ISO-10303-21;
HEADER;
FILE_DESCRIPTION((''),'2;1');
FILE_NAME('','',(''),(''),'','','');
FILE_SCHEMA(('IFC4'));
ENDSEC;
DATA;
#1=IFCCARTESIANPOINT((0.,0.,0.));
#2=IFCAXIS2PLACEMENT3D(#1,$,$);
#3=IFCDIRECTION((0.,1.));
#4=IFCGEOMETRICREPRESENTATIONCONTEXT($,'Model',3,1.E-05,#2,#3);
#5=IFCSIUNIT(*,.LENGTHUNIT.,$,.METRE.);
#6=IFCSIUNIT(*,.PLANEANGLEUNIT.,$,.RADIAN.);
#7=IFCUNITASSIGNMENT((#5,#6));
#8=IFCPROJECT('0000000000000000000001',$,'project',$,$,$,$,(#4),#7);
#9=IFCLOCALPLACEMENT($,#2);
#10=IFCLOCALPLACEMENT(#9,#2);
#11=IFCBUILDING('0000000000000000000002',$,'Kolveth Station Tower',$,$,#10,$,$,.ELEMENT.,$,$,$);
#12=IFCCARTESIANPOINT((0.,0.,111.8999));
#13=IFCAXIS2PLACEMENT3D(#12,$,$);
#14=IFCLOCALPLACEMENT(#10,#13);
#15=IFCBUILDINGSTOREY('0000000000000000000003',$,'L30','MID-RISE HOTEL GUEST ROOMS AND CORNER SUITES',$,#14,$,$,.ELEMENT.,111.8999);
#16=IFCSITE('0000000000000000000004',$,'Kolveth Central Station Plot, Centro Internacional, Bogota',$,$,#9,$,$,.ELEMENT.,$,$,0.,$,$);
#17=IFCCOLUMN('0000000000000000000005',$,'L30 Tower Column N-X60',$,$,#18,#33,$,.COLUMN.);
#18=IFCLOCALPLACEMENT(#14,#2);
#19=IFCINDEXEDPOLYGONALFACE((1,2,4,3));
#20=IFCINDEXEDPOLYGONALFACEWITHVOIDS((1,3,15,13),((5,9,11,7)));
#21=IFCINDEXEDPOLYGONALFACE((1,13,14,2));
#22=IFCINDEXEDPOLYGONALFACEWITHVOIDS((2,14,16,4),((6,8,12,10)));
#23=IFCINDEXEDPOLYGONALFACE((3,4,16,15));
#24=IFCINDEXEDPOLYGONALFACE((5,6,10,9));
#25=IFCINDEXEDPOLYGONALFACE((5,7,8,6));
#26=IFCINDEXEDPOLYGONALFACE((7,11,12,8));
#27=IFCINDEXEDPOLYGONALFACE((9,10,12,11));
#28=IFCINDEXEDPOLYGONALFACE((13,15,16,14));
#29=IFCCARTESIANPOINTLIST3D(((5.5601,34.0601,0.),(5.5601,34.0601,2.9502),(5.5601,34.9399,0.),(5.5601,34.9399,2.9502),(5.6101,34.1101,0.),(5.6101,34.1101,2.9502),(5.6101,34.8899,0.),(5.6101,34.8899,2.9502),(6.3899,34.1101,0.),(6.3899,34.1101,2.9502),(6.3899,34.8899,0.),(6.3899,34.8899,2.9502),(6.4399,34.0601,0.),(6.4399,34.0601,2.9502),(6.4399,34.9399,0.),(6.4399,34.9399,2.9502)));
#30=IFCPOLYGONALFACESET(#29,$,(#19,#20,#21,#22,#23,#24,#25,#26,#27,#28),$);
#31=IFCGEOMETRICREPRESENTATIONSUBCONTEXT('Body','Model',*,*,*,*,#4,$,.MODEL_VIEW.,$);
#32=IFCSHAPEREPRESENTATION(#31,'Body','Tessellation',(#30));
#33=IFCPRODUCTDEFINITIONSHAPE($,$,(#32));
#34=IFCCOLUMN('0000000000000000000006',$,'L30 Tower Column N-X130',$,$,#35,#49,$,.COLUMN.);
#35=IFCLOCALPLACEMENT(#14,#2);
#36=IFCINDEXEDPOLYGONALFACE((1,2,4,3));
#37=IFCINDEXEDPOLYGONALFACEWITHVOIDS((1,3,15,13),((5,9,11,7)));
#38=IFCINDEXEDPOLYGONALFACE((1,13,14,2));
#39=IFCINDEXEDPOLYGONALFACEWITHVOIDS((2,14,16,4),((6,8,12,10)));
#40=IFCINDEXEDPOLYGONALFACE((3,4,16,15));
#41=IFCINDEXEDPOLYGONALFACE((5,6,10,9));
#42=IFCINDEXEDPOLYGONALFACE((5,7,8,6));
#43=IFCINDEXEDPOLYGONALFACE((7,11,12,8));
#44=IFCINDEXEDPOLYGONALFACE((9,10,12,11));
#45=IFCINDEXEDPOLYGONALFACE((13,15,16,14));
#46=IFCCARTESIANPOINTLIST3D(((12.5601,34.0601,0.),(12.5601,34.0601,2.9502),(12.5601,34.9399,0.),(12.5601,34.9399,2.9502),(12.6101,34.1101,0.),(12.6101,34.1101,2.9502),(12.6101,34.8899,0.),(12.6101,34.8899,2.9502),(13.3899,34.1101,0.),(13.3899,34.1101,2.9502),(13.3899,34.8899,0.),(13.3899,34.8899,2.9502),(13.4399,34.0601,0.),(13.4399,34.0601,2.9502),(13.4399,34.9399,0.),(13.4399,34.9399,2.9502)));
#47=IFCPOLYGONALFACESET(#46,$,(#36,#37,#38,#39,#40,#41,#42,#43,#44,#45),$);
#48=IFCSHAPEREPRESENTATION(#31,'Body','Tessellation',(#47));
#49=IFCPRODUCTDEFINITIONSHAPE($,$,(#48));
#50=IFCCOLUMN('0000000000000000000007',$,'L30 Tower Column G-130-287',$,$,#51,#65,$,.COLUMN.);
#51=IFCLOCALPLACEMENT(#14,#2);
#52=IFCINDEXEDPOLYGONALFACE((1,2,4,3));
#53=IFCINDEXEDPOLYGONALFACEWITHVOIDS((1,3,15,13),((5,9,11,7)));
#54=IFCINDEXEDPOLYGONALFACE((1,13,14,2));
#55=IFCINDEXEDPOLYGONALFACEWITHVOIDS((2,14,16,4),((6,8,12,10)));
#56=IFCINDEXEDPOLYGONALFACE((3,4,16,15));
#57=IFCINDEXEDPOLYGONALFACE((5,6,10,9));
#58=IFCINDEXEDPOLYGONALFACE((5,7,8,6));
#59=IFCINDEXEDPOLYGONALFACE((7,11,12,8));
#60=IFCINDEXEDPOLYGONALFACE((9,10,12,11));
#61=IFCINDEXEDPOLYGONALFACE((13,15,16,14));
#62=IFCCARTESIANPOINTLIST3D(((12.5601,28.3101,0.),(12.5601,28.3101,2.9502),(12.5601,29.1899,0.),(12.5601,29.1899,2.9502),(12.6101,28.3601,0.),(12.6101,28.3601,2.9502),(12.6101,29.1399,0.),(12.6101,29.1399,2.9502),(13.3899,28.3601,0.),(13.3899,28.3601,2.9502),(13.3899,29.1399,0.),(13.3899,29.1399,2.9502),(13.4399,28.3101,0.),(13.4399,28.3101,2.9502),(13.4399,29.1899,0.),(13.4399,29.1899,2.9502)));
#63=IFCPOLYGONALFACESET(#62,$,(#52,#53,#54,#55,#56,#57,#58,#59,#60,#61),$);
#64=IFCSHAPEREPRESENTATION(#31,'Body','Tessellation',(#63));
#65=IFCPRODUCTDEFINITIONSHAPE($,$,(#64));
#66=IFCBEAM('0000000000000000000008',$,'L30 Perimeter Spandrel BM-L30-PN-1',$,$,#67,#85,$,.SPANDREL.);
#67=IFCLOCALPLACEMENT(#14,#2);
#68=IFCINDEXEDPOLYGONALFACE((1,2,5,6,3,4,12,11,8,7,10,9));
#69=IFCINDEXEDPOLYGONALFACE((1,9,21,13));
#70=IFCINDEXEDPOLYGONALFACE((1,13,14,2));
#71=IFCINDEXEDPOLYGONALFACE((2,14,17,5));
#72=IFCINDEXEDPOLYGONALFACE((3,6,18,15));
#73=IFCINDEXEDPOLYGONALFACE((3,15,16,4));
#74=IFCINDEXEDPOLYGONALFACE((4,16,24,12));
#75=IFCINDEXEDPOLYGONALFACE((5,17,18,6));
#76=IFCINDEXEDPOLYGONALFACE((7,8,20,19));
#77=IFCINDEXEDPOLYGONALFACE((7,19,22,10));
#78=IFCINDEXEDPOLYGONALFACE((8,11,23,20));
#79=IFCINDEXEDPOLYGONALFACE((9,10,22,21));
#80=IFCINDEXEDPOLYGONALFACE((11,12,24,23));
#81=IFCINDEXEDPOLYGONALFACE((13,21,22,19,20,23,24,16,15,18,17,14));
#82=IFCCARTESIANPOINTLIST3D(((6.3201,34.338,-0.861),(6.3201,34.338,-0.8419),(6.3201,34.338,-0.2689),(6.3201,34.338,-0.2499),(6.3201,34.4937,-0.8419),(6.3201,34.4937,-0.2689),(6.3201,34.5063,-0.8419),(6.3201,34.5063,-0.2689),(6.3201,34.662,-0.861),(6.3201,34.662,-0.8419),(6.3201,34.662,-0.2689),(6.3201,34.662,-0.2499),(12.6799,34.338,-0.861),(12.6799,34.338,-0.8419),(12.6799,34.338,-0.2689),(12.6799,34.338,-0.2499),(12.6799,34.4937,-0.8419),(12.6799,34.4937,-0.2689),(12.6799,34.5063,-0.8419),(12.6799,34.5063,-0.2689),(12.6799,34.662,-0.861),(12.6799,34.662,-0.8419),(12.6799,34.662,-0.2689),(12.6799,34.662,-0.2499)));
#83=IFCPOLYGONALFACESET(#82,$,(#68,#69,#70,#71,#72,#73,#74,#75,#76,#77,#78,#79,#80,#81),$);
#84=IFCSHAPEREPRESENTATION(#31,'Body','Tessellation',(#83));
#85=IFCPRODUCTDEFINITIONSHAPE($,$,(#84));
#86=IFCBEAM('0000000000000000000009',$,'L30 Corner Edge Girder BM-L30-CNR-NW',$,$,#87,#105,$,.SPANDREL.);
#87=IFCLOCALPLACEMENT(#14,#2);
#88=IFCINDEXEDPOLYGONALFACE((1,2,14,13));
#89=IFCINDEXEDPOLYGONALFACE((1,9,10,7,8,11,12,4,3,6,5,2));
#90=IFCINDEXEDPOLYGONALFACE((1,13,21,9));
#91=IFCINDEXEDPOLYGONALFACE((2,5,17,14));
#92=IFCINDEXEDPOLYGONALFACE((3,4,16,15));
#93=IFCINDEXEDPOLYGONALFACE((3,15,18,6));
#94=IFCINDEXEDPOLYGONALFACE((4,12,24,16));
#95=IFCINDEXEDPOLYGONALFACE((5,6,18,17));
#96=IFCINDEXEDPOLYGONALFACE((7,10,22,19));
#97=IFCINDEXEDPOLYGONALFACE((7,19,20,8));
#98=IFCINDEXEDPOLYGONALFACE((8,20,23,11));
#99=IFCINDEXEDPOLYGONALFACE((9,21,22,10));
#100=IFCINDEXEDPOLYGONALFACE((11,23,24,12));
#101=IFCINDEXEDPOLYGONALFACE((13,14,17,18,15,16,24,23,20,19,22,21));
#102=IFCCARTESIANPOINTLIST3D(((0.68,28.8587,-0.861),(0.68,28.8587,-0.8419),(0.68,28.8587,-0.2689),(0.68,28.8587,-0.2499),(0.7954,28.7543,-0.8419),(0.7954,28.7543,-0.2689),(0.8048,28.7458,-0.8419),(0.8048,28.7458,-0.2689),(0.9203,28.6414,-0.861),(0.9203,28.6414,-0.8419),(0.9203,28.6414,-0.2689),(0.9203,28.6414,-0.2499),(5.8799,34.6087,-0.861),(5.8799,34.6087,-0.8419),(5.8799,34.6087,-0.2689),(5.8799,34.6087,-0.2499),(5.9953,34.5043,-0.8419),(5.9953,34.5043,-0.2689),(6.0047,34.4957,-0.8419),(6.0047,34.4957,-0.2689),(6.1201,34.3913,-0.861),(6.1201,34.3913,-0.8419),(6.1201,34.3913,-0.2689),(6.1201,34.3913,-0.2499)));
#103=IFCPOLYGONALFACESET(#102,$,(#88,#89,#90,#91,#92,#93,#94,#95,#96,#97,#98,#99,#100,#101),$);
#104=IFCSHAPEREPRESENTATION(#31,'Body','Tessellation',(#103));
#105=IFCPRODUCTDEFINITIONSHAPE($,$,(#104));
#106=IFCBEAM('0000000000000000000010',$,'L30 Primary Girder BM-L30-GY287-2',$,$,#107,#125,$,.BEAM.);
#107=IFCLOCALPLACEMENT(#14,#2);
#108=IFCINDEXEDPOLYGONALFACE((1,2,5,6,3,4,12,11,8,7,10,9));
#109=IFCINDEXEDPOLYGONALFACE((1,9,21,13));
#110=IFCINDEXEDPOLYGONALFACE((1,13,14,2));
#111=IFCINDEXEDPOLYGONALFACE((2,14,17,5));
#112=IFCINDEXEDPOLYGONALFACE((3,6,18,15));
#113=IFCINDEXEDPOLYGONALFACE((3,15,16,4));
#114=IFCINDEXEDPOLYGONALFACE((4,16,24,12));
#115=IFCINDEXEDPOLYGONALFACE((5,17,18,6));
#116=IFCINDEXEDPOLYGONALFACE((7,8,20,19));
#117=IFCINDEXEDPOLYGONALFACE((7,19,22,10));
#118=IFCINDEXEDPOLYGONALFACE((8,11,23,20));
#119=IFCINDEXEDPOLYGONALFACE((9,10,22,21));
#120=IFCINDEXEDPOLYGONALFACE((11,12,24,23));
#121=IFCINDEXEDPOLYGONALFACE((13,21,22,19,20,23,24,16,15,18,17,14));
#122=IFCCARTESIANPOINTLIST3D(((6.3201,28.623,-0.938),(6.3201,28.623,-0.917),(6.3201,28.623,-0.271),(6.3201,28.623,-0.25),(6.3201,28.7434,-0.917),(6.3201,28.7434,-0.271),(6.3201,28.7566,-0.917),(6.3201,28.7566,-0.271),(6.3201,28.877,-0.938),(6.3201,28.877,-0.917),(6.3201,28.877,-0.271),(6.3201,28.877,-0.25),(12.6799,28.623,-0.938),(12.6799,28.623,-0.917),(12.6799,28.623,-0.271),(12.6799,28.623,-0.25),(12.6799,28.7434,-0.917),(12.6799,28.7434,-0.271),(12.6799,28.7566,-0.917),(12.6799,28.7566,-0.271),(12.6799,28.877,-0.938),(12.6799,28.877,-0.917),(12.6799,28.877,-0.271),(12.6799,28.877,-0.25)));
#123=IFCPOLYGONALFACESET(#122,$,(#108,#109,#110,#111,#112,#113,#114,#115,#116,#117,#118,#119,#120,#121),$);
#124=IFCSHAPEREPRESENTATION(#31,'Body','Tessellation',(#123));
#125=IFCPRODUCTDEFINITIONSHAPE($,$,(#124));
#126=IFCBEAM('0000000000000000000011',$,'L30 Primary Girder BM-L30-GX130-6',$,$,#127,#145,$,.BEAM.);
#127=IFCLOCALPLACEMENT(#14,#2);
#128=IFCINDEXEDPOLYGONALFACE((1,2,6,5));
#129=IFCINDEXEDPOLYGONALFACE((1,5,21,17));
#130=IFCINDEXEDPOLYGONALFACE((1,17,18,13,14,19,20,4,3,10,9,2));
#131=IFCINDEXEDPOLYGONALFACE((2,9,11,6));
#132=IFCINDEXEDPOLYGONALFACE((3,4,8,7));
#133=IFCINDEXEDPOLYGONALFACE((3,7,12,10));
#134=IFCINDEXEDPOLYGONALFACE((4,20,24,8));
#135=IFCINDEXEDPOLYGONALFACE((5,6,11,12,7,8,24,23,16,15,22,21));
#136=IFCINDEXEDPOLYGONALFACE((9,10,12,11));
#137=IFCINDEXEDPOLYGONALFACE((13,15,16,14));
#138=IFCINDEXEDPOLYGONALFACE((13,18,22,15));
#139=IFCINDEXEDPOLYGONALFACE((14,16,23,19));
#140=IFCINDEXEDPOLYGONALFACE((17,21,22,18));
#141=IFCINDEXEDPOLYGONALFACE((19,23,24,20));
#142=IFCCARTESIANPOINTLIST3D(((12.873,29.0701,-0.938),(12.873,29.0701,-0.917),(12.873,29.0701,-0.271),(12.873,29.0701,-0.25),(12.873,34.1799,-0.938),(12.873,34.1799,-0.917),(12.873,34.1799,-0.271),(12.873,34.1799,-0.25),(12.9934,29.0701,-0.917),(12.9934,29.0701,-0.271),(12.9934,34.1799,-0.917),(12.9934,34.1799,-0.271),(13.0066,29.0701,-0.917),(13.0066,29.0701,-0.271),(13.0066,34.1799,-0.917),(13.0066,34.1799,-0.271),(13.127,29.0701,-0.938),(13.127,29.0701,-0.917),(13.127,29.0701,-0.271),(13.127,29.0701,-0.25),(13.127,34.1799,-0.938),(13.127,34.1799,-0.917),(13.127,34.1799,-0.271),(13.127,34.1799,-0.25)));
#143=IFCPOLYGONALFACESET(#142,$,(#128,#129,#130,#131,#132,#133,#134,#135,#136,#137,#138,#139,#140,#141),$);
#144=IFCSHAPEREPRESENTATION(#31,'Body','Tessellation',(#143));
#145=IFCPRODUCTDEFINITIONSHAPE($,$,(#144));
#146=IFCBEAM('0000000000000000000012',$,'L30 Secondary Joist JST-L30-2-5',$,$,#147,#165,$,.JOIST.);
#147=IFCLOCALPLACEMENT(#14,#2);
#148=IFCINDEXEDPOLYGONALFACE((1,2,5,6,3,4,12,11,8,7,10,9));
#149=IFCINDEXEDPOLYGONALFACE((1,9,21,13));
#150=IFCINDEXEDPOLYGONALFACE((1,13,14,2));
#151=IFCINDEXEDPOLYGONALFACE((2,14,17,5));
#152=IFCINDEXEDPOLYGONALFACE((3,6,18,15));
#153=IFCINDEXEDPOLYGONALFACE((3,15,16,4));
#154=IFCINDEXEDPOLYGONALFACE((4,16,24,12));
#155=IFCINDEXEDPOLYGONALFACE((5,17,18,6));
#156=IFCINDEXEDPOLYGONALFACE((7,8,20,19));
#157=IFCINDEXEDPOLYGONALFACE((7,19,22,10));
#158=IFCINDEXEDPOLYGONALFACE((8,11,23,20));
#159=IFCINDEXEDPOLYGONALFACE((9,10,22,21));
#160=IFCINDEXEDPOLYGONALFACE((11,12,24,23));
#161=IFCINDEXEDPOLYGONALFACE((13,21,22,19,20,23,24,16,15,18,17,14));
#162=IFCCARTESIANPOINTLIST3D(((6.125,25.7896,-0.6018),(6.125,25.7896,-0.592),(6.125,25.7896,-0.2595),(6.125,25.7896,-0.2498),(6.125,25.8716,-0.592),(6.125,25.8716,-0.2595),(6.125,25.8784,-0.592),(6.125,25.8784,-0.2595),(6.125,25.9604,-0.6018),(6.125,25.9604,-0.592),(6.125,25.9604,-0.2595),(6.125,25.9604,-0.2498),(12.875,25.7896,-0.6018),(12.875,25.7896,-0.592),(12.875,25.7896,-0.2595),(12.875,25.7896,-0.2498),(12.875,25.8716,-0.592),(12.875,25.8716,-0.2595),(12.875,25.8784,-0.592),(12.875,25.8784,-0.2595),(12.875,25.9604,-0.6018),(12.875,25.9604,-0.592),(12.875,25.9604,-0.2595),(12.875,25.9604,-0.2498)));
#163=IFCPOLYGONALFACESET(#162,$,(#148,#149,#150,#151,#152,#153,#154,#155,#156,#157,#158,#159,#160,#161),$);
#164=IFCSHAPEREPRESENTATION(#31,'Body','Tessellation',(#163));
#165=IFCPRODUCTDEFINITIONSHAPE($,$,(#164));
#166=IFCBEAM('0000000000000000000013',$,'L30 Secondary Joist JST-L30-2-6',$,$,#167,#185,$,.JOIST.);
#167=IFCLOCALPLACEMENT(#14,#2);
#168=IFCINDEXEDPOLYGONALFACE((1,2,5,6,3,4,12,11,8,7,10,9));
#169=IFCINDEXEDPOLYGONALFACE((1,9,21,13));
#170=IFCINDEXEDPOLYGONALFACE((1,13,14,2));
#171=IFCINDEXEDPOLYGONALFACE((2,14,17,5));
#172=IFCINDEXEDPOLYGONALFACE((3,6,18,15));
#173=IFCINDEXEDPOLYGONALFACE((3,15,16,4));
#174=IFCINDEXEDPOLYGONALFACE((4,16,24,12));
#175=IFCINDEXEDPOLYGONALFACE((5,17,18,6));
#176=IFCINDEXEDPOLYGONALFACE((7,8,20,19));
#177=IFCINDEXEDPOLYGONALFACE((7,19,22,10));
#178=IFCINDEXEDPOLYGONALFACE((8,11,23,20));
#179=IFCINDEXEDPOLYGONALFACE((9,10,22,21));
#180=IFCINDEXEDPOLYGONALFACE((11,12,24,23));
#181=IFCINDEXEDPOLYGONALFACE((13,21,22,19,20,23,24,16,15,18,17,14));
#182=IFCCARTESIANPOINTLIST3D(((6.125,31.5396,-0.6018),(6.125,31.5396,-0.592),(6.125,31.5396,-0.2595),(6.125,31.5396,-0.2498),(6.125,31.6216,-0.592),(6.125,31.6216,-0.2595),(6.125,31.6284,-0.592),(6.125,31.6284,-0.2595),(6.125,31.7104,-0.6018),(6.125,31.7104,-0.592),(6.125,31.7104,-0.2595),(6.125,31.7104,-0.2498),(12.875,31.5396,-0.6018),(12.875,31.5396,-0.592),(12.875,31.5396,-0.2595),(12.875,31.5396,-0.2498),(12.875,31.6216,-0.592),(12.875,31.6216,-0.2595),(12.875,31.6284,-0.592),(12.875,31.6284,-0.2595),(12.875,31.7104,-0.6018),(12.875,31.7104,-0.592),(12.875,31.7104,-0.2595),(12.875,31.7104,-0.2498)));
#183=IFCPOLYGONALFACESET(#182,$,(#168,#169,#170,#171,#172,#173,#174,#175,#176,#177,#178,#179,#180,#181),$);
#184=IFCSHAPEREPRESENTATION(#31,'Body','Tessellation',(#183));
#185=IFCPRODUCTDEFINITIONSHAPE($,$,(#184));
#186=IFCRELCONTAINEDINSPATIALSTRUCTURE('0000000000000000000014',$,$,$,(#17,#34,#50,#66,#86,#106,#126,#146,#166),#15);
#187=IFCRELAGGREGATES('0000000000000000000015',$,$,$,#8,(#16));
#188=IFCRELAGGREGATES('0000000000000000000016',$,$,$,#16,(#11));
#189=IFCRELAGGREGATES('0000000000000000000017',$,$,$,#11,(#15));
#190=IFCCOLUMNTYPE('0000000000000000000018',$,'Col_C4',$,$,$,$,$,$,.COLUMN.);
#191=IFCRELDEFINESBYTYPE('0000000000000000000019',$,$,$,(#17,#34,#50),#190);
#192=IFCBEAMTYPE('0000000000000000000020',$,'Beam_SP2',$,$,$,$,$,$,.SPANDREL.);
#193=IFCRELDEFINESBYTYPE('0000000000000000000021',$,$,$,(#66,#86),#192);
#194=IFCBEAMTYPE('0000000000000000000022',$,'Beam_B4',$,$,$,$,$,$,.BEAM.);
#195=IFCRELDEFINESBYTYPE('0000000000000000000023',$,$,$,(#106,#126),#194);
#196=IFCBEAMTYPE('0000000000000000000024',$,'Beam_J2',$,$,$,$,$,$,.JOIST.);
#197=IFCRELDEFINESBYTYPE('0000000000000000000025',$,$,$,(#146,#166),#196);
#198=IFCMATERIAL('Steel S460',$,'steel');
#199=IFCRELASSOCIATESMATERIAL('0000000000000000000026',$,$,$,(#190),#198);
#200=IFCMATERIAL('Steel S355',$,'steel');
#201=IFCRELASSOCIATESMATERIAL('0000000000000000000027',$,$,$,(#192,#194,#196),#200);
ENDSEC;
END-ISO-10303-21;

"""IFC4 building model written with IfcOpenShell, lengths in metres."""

from ifc_helpers import new_model, si_unit, direction, frame, origin, origin_2d, place, context, subcontext, project, spatial, hollow_rectangle, i_section, extrude, source, transform, mapped, material, material_profile, profile_set, type_object, element, save


model = new_model("IFC4")

# Units and contexts
model_context = context("Model", 3, precision=1e-05, world=origin(), true_north=direction((0.0, 1.0)))
body_context = subcontext(model_context, "Body", "Model", "MODEL_VIEW")
ifc_project = project(units=[si_unit("LENGTHUNIT", "METRE"), si_unit("PLANEANGLEUNIT", "RADIAN")], contexts=[model_context])

# Site, building, storey
site_placement = place(None, origin())
site = spatial("IfcSite", under=ifc_project, at=site_placement, Name="Kolveth Central Station Plot, Centro Internacional, Bogota", CompositionType="ELEMENT", RefElevation=0.0)
building_placement = place(site_placement, origin())
building = spatial("IfcBuilding", under=site, at=building_placement, Name="Kolveth Station Tower", CompositionType="ELEMENT")
storey_placement = place(building_placement, frame((0.0, 0.0, 111.8999)))
storey = spatial("IfcBuildingStorey", under=building, at=storey_placement, Name="L30", Description="MID-RISE HOTEL GUEST ROOMS AND CORNER SUITES", CompositionType="ELEMENT", Elevation=111.8999)

# Columns
ifc_material_1 = material(Name="Steel S460", Category="steel")
ifc_material_profile_1 = material_profile(ifc_material_1, hollow_rectangle(XDim=0.8799, YDim=0.8799, WallThickness=0.05, at=origin_2d()), Name="BOX880x880x50")
ifc_profile_set_1 = profile_set([ifc_material_profile_1], Name="Steel S460")
column_type = type_object("IfcColumnType", Name="Col_C4", PredefinedType="COLUMN", material=ifc_profile_set_1)
shared_shape_1 = source(origin(), body_context, "Body", "SweptSolid", [
    extrude(hollow_rectangle(XDim=0.8799, YDim=0.8799, WallThickness=0.05, at=origin_2d()), origin(), (0.0, 0.0, 1.0), 2.9502),
])
for number, where, z_axis, x_axis, name in (
    (1, (6.0, 34.5, 0.0), (0.0, 0.0, 1.0), (1.0, 0.0, 0.0), "L30 Tower Column N-X60"),
    (2, (13.0, 34.5, 0.0), (0.0, 0.0, 1.0), (1.0, 0.0, 0.0), "L30 Tower Column N-X130"),
    (3, (13.0, 28.75, 0.0), (0.0, 0.0, 1.0), (1.0, 0.0, 0.0), "L30 Tower Column G-130-287"),
):
    element("IfcColumn", number, at=place(storey_placement, frame(where, z_axis=z_axis, x_axis=x_axis)), inside=storey, type_object=column_type, Name=name, PredefinedType="COLUMN", context=body_context, shape_type="MappedRepresentation", body=[
        mapped(shared_shape_1, transform((0.0, 0.0, 0.0), x_axis=(1.0, 0.0, 0.0), y_axis=(0.0, 1.0, 0.0), z_axis=(0.0, 0.0, 1.0), scale=1.0)),
    ])

# Beams
ifc_material_2 = material(Name="Steel S355", Category="steel")
ifc_material_profile_2 = material_profile(ifc_material_2, i_section(OverallWidth=0.324, OverallDepth=0.6111, WebThickness=0.0127, FlangeThickness=0.019, at=origin_2d()), Name="W610x155")
ifc_profile_set_2 = profile_set([ifc_material_profile_2], Name="Steel S355")
beam_type_1 = type_object("IfcBeamType", Name="Beam_SP2", PredefinedType="SPANDREL", material=ifc_profile_set_2)
shared_shape_2 = source(origin(), body_context, "Body", "SweptSolid", [
    extrude(i_section(OverallWidth=0.324, OverallDepth=0.6111, WebThickness=0.0127, FlangeThickness=0.019, at=origin_2d()), origin(), (0.0, 0.0, 1.0), 6.3599),
])
beam_1_placement = place(storey_placement, frame((6.3201, 34.5, -0.5554), z_axis=(1.0, 0.0, 0.0), x_axis=(0.0, 1.0, 0.0)))
element("IfcBeam", 4, at=beam_1_placement, inside=storey, type_object=beam_type_1, Name="L30 Perimeter Spandrel BM-L30-PN-1", PredefinedType="SPANDREL", context=body_context, shape_type="MappedRepresentation", body=[
    mapped(shared_shape_2, transform((0.0, 0.0, 0.0), x_axis=(1.0, 0.0, 0.0), y_axis=(0.0, 1.0, 0.0), z_axis=(0.0, 0.0, 1.0), scale=1.0)),
])
shared_shape_3 = source(origin(), body_context, "Body", "SweptSolid", [
    extrude(i_section(OverallWidth=0.324, OverallDepth=0.6111, WebThickness=0.0127, FlangeThickness=0.019, at=origin_2d()), origin(), (0.0, 0.0, 1.0), 7.7524),
])
beam_2_placement = place(storey_placement, frame((6.0, 34.5, -0.5554), z_axis=(-0.670741, -0.741692, 0.0), x_axis=(0.741692, -0.670741, 0.0)))
element("IfcBeam", 5, at=beam_2_placement, inside=storey, type_object=beam_type_1, Name="L30 Corner Edge Girder BM-L30-CNR-NW", PredefinedType="SPANDREL", context=body_context, shape_type="MappedRepresentation", body=[
    mapped(shared_shape_3, transform((0.0, 0.0, 0.0), x_axis=(1.0, 0.0, 0.0), y_axis=(0.0, 1.0, 0.0), z_axis=(0.0, 0.0, 1.0), scale=1.0)),
])
ifc_material_profile_3 = material_profile(ifc_material_2, i_section(OverallWidth=0.2539, OverallDepth=0.688, WebThickness=0.0132, FlangeThickness=0.021, at=origin_2d()), Name="W690x152")
ifc_profile_set_3 = profile_set([ifc_material_profile_3], Name="Steel S355")
beam_type_2 = type_object("IfcBeamType", Name="Beam_B4", PredefinedType="BEAM", material=ifc_profile_set_3)
shared_shape_4 = source(origin(), body_context, "Body", "SweptSolid", [
    extrude(i_section(OverallWidth=0.2539, OverallDepth=0.688, WebThickness=0.0132, FlangeThickness=0.021, at=origin_2d()), origin(), (0.0, 0.0, 1.0), 6.3599),
])
beam_3_placement = place(storey_placement, frame((6.3201, 28.75, -0.594), z_axis=(1.0, 0.0, 0.0), x_axis=(0.0, 1.0, 0.0)))
element("IfcBeam", 6, at=beam_3_placement, inside=storey, type_object=beam_type_2, Name="L30 Primary Girder BM-L30-GY287-2", PredefinedType="BEAM", context=body_context, shape_type="MappedRepresentation", body=[
    mapped(shared_shape_4, transform((0.0, 0.0, 0.0), x_axis=(1.0, 0.0, 0.0), y_axis=(0.0, 1.0, 0.0), z_axis=(0.0, 0.0, 1.0), scale=1.0)),
])
shared_shape_5 = source(origin(), body_context, "Body", "SweptSolid", [
    extrude(i_section(OverallWidth=0.2539, OverallDepth=0.688, WebThickness=0.0132, FlangeThickness=0.021, at=origin_2d()), origin(), (0.0, 0.0, 1.0), 5.1099),
])
beam_4_placement = place(storey_placement, frame((13.0, 29.0701, -0.594), z_axis=(0.0, 1.0, 0.0), x_axis=(-1.0, 0.0, 0.0)))
element("IfcBeam", 7, at=beam_4_placement, inside=storey, type_object=beam_type_2, Name="L30 Primary Girder BM-L30-GX130-6", PredefinedType="BEAM", context=body_context, shape_type="MappedRepresentation", body=[
    mapped(shared_shape_5, transform((0.0, 0.0, 0.0), x_axis=(1.0, 0.0, 0.0), y_axis=(0.0, 1.0, 0.0), z_axis=(0.0, 0.0, 1.0), scale=1.0)),
])
ifc_material_profile_4 = material_profile(ifc_material_2, i_section(OverallWidth=0.1709, OverallDepth=0.3521, WebThickness=0.0068, FlangeThickness=0.0098, at=origin_2d()), Name="W360x44")
ifc_profile_set_4 = profile_set([ifc_material_profile_4], Name="Steel S355")
beam_type_3 = type_object("IfcBeamType", Name="Beam_J2", PredefinedType="JOIST", material=ifc_profile_set_4)
shared_shape_6 = source(origin(), body_context, "Body", "SweptSolid", [
    extrude(i_section(OverallWidth=0.1709, OverallDepth=0.3521, WebThickness=0.0068, FlangeThickness=0.0098, at=origin_2d()), origin(), (0.0, 0.0, 1.0), 6.75),
])
for number, where, z_axis, x_axis, name in (
    (8, (6.125, 25.875, -0.4258), (1.0, 0.0, 0.0), (0.0, 1.0, 0.0), "L30 Secondary Joist JST-L30-2-5"),
    (9, (6.125, 31.625, -0.4258), (1.0, 0.0, 0.0), (0.0, 1.0, 0.0), "L30 Secondary Joist JST-L30-2-6"),
):
    element("IfcBeam", number, at=place(storey_placement, frame(where, z_axis=z_axis, x_axis=x_axis)), inside=storey, type_object=beam_type_3, Name=name, PredefinedType="JOIST", context=body_context, shape_type="MappedRepresentation", body=[
        mapped(shared_shape_6, transform((0.0, 0.0, 0.0), x_axis=(1.0, 0.0, 0.0), y_axis=(0.0, 1.0, 0.0), z_axis=(0.0, 0.0, 1.0), scale=1.0)),
    ])

save(model, "model.ifc")
